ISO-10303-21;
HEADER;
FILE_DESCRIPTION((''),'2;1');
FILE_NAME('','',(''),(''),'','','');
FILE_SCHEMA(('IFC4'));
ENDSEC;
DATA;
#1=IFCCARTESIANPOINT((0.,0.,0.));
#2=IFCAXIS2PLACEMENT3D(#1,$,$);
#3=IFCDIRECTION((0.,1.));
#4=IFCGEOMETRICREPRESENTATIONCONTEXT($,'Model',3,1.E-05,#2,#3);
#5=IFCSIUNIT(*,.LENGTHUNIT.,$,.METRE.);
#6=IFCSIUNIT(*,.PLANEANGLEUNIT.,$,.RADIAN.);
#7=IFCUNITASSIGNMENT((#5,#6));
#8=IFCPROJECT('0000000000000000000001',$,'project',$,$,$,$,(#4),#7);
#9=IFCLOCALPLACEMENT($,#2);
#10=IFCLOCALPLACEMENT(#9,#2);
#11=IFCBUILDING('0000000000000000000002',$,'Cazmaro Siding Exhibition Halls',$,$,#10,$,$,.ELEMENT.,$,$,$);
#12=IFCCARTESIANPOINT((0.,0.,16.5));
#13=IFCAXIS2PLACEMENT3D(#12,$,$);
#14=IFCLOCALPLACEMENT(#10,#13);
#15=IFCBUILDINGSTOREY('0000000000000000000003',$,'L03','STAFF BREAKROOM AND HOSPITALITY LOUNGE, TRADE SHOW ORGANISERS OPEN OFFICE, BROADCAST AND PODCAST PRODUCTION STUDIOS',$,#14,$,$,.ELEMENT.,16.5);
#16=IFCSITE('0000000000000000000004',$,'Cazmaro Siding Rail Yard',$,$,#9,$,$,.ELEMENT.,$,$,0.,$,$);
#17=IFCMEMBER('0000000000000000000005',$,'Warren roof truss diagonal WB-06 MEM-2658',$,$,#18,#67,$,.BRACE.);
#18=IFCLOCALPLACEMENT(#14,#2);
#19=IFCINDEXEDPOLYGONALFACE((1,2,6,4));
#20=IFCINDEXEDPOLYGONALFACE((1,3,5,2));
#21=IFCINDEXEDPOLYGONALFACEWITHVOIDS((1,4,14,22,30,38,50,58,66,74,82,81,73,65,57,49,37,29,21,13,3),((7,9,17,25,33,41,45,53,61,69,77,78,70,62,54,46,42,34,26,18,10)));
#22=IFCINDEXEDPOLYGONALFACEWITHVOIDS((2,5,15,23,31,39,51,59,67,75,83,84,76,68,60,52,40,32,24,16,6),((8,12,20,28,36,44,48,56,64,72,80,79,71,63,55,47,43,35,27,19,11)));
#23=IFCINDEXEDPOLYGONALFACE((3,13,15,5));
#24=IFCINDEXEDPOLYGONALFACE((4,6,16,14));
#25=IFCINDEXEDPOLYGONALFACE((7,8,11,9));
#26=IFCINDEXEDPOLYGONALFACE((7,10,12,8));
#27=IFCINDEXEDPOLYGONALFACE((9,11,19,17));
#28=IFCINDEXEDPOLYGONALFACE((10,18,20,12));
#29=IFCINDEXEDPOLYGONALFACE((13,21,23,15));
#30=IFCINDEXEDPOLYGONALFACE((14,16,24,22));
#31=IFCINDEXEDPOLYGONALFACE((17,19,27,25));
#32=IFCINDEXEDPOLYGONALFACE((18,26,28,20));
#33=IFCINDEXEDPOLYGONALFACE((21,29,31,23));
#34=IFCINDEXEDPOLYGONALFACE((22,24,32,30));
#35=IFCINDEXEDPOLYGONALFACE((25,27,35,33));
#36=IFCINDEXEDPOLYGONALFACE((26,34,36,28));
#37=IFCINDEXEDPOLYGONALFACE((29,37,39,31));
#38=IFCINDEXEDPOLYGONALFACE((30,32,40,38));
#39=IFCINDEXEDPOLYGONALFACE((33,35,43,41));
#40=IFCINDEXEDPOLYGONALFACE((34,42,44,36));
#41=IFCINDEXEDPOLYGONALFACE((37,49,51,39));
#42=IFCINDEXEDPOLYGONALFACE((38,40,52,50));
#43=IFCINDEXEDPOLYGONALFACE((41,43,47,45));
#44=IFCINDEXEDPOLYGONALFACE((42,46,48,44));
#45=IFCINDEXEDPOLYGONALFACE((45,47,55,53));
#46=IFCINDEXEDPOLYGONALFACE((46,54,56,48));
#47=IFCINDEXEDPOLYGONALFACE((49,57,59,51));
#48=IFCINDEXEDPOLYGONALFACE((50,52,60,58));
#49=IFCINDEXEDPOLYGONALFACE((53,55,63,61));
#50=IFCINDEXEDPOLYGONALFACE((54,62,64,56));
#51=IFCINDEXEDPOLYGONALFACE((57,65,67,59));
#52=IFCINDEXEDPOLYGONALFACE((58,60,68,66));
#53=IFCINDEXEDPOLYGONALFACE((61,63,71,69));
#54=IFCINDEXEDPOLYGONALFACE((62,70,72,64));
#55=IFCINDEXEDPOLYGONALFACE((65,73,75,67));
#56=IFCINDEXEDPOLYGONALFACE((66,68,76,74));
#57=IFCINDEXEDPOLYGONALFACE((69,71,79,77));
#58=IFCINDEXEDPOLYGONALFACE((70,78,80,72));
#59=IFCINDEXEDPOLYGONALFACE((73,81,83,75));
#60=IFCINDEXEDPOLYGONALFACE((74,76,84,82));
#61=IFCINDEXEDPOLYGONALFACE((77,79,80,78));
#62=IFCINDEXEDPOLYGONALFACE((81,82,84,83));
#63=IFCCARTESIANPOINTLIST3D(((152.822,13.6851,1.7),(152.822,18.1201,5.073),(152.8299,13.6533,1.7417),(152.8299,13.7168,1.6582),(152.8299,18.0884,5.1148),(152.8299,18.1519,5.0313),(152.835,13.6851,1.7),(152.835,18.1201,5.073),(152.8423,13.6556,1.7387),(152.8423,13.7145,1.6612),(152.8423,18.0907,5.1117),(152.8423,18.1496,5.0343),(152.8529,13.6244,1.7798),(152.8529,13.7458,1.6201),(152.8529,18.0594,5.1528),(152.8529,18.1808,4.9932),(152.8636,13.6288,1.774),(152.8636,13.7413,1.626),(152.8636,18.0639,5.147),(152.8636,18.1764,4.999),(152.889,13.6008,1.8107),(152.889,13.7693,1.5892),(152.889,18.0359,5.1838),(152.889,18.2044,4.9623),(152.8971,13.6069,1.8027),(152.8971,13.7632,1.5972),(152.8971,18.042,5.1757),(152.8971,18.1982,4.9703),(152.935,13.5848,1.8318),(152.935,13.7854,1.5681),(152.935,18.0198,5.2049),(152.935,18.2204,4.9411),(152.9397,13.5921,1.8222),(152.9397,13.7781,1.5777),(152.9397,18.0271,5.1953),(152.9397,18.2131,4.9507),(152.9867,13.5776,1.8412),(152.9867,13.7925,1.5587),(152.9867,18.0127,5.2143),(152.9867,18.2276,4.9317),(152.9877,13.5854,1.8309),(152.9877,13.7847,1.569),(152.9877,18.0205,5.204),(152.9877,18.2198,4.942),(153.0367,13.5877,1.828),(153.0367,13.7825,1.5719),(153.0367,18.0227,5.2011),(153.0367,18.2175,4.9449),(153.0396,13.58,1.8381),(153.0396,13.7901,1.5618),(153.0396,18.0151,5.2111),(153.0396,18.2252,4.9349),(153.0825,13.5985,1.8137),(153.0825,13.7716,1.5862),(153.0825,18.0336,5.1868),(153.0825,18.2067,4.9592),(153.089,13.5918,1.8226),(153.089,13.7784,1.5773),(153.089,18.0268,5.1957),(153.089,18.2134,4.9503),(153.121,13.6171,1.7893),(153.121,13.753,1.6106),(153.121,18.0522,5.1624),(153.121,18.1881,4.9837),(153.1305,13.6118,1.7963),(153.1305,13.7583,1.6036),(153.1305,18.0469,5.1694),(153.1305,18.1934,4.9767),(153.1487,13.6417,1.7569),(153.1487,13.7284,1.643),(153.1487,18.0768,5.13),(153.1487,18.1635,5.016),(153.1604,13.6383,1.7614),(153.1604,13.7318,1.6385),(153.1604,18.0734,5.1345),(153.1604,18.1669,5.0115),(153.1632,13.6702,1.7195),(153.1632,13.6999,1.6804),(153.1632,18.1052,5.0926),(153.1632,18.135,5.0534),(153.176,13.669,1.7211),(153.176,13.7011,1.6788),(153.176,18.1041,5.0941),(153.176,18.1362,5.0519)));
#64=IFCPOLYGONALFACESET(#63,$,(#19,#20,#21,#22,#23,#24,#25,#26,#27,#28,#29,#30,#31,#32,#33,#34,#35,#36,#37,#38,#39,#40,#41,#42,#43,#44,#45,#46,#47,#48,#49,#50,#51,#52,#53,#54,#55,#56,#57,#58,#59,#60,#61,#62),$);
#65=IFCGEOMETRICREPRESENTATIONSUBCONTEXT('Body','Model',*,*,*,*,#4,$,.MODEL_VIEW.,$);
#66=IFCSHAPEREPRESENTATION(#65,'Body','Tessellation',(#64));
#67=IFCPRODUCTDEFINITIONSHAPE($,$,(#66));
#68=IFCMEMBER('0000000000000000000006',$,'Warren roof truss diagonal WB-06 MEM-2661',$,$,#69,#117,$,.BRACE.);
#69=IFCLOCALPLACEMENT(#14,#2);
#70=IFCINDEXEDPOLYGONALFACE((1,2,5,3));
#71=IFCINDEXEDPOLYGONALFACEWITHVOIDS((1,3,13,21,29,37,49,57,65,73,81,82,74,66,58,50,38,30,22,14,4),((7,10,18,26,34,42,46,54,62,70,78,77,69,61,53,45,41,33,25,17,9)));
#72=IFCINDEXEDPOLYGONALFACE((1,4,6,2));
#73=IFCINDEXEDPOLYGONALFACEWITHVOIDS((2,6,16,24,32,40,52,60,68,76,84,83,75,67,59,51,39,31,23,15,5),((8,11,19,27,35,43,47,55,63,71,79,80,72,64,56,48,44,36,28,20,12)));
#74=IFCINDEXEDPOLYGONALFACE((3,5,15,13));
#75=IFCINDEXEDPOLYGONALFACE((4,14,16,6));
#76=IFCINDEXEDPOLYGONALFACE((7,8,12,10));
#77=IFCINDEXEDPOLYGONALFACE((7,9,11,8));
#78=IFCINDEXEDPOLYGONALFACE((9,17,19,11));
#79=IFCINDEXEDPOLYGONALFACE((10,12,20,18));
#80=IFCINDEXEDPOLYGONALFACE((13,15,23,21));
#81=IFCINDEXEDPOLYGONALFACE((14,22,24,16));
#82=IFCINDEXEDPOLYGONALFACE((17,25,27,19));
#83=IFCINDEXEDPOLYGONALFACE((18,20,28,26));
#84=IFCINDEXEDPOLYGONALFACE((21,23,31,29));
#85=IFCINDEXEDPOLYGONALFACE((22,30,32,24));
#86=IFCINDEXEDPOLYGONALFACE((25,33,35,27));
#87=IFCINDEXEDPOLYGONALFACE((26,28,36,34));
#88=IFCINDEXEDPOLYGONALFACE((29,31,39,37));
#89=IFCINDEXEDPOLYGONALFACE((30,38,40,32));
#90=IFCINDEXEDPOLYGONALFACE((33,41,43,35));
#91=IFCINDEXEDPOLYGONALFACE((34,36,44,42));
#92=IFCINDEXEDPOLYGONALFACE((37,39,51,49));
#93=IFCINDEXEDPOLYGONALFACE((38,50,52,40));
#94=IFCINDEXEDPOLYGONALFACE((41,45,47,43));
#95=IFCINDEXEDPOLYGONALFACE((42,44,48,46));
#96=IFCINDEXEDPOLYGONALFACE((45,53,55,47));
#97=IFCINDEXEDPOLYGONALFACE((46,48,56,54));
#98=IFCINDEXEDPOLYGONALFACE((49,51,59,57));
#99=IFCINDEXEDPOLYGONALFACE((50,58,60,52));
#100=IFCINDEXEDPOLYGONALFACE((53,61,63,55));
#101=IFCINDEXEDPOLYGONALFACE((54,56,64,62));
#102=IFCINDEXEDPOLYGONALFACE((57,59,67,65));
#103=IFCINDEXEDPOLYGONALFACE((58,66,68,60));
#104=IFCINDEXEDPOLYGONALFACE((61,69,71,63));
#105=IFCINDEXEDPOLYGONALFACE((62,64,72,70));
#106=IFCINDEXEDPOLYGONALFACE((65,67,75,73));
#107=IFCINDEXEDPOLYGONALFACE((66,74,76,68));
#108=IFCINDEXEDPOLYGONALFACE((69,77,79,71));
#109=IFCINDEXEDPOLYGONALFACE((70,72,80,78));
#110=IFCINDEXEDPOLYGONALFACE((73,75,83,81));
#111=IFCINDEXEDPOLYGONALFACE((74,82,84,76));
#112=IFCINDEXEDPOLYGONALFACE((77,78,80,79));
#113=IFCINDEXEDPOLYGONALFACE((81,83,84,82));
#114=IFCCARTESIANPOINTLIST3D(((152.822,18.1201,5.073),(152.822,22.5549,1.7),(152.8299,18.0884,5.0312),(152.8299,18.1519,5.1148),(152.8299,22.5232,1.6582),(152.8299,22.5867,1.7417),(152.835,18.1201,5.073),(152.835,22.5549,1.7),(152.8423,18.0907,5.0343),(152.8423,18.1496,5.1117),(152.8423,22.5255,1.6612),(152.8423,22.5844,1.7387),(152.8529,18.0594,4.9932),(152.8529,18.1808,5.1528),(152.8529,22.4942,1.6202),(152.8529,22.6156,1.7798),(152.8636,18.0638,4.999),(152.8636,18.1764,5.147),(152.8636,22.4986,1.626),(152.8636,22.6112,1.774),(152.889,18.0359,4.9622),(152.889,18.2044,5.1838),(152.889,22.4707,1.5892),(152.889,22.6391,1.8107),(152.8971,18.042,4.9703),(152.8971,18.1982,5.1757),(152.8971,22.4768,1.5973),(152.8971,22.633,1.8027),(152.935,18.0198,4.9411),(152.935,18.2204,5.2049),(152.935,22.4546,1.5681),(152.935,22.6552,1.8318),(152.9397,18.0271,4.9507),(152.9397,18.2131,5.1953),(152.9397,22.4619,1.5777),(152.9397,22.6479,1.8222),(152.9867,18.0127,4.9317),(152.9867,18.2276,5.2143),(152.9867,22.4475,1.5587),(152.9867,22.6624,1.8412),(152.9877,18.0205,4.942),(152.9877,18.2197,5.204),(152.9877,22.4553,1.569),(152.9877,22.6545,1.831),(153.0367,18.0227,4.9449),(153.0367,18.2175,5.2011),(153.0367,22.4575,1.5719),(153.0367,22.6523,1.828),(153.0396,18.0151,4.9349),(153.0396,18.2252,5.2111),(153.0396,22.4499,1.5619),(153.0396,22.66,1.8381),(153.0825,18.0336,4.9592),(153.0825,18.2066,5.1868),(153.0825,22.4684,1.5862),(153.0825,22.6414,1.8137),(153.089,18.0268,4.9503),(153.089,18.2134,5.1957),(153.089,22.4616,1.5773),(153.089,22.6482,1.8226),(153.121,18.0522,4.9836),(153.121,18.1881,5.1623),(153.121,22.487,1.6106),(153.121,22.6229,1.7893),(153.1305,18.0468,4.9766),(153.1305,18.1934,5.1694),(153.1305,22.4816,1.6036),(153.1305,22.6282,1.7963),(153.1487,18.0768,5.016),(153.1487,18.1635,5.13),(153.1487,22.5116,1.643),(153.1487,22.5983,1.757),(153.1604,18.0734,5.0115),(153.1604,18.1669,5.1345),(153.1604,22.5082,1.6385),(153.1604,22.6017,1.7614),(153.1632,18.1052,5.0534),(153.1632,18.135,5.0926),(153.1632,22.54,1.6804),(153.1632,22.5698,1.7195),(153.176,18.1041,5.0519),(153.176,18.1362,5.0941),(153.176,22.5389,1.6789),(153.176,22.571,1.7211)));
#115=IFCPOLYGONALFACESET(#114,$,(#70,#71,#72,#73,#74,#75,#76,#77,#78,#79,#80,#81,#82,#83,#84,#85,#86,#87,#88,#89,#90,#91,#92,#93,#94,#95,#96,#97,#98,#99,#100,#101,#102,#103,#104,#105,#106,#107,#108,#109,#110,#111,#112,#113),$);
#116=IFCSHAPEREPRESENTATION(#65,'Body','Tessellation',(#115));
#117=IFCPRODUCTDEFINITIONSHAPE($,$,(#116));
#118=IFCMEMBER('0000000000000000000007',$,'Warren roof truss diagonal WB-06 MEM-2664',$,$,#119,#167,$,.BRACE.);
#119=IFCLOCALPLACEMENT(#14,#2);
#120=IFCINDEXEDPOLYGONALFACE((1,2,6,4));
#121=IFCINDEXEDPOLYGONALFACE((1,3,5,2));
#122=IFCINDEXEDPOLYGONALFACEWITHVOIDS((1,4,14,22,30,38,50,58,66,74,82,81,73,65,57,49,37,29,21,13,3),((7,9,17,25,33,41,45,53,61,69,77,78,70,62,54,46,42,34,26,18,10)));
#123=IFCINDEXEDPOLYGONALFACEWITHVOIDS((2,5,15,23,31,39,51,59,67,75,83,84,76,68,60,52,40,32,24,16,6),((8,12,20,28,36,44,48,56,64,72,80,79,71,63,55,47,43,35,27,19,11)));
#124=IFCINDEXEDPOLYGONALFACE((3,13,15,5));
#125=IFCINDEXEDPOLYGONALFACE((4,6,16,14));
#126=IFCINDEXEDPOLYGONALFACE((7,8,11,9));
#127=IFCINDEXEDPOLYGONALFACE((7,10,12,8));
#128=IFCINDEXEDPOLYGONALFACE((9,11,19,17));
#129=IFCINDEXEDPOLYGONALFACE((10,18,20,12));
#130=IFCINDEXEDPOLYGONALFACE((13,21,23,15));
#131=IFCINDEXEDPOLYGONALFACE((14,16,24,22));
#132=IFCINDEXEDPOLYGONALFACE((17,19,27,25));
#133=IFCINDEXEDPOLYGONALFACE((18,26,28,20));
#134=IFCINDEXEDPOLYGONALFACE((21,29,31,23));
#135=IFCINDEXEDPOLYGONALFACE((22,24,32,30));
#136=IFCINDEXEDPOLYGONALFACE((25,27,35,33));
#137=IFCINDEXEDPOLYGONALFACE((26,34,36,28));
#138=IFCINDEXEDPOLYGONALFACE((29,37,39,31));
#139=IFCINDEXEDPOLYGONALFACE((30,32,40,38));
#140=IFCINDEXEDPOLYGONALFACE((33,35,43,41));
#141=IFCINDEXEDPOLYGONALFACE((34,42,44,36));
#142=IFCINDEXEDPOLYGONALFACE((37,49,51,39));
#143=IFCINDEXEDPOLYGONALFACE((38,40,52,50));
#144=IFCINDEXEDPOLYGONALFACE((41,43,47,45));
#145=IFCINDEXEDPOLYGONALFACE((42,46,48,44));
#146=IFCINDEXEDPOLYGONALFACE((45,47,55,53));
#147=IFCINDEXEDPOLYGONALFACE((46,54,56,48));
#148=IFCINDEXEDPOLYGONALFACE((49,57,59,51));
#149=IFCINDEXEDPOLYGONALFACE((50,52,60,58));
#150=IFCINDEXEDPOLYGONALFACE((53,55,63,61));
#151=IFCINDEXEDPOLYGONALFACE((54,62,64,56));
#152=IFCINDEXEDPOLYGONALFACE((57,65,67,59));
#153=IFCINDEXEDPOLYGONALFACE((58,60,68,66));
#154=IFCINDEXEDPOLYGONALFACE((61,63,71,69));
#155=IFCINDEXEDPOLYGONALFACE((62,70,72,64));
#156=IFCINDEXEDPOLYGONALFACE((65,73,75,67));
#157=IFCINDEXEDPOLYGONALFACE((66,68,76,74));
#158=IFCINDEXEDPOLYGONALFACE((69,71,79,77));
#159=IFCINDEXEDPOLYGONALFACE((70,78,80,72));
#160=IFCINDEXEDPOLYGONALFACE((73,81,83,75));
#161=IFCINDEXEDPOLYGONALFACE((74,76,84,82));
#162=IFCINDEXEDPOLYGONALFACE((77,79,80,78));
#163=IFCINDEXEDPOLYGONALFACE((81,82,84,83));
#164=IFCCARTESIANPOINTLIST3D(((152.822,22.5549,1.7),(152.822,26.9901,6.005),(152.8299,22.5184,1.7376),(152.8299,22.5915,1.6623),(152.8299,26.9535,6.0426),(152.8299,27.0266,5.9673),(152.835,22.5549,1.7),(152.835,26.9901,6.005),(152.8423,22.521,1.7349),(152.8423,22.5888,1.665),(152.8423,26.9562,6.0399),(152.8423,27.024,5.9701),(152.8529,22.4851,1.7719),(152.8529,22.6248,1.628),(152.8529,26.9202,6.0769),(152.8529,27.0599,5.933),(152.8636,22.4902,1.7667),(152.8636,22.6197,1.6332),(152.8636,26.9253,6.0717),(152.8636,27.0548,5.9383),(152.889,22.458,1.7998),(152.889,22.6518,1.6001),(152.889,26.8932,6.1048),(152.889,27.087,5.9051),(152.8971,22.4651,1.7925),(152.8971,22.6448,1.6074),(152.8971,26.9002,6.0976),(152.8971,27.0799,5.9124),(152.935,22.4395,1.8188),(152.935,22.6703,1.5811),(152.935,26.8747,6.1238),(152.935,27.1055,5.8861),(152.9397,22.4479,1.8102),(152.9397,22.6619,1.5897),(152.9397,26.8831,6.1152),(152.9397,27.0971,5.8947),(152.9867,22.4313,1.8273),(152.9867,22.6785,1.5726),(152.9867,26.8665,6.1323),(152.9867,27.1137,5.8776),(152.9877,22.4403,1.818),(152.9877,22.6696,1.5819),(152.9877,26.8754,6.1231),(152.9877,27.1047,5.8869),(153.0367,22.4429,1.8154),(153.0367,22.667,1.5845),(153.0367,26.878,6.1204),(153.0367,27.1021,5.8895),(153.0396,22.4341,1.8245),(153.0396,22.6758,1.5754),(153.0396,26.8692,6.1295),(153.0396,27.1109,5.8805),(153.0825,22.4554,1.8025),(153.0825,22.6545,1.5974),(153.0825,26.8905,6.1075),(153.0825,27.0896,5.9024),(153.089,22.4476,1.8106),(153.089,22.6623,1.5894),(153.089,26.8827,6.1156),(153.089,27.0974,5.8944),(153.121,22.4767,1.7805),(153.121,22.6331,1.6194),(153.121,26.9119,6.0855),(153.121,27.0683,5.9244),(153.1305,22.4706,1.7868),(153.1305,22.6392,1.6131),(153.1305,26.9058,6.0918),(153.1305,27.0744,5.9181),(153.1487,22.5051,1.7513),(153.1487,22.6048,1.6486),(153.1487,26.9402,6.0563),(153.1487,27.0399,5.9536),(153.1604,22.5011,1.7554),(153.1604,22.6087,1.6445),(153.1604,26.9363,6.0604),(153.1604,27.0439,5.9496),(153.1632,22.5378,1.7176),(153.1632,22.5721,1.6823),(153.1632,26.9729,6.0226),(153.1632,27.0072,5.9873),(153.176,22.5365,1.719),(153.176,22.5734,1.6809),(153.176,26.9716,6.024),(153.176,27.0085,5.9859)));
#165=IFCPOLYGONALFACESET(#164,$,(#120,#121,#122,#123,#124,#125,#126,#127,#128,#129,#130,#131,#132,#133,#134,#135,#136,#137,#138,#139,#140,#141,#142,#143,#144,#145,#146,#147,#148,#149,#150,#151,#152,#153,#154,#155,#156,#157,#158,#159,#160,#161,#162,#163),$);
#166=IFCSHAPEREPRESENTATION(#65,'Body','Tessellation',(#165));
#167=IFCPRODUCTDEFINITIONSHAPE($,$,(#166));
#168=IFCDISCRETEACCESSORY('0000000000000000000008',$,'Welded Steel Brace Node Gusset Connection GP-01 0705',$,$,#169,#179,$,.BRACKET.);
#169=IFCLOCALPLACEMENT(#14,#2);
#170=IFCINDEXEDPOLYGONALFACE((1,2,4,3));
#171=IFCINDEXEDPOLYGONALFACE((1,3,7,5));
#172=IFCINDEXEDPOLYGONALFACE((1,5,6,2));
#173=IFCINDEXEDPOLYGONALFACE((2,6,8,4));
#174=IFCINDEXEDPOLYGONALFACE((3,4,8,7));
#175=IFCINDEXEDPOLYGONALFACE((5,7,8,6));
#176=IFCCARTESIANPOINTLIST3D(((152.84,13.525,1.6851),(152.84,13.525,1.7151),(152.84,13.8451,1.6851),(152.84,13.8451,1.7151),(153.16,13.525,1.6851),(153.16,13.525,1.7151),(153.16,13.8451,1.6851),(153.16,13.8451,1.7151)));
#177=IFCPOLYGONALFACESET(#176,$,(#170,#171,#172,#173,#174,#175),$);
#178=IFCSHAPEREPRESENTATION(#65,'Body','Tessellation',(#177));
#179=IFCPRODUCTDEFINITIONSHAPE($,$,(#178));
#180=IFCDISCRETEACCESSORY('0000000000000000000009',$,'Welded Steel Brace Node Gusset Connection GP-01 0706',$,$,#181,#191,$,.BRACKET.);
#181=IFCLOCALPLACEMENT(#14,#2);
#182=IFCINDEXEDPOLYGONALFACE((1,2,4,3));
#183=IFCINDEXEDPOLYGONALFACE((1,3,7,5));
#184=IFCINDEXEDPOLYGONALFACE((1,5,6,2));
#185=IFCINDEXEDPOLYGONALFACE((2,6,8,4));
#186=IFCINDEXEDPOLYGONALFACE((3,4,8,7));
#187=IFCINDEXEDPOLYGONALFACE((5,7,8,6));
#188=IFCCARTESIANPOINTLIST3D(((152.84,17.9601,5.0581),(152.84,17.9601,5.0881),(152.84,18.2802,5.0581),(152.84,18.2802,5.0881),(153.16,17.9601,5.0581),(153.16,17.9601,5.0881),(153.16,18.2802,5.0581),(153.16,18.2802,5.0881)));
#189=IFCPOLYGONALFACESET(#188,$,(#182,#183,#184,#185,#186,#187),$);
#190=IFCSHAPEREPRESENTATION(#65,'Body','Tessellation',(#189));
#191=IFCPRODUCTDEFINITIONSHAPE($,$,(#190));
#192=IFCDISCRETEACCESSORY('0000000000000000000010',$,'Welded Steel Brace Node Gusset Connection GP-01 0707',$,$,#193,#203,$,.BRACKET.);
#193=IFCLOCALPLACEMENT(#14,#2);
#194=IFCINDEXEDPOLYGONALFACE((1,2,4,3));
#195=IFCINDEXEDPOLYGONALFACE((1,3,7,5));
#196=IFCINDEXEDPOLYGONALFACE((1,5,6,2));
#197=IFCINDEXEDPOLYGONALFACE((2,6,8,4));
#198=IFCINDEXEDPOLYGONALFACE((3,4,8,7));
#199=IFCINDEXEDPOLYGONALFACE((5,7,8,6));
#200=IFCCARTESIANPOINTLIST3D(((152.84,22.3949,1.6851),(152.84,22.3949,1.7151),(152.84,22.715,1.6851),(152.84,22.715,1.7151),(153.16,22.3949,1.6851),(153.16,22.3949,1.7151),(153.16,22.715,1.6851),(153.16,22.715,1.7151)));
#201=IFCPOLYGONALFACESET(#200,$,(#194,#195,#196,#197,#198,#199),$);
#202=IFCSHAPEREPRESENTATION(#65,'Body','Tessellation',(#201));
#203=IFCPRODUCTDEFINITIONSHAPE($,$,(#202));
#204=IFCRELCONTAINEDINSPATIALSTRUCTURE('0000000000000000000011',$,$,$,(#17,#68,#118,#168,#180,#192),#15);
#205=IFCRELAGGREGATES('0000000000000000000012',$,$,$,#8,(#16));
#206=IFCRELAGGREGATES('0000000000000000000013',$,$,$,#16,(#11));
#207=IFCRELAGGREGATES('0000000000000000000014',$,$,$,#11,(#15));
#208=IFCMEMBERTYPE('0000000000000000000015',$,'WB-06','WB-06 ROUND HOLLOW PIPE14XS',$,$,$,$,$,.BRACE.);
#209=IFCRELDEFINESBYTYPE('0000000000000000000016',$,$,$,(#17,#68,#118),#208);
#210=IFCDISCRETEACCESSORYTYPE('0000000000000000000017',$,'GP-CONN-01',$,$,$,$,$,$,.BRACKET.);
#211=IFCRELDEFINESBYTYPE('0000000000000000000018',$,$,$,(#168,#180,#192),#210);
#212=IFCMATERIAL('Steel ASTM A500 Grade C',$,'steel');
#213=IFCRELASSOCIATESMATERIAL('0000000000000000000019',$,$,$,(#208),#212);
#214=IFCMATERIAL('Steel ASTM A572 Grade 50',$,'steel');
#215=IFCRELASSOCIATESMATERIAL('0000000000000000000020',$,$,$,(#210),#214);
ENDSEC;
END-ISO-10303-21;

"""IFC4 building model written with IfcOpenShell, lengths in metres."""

from ifc_helpers import new_model, si_unit, direction, frame, origin, origin_2d, place, context, subcontext, project, spatial, rectangle, hollow_circle, extrude, material, material_profile, profile_set, type_object, element, save


model = new_model("IFC4")

# Units and contexts
model_context = context("Model", 3, precision=1e-05, world=origin(), true_north=direction((0.0, 1.0)))
body_context = subcontext(model_context, "Body", "Model", "MODEL_VIEW")
ifc_project = project(units=[si_unit("LENGTHUNIT", "METRE"), si_unit("PLANEANGLEUNIT", "RADIAN")], contexts=[model_context])

# Site, building, storey
site_placement = place(None, origin())
site = spatial("IfcSite", under=ifc_project, at=site_placement, Name="Cazmaro Siding Rail Yard", CompositionType="ELEMENT", RefElevation=0.0)
building_placement = place(site_placement, origin())
building = spatial("IfcBuilding", under=site, at=building_placement, Name="Cazmaro Siding Exhibition Halls", CompositionType="ELEMENT")
storey_placement = place(building_placement, frame((0.0, 0.0, 16.5)))
storey = spatial("IfcBuildingStorey", under=building, at=storey_placement, Name="L03", Description="STAFF BREAKROOM AND HOSPITALITY LOUNGE, TRADE SHOW ORGANISERS OPEN OFFICE, BROADCAST AND PODCAST PRODUCTION STUDIOS", CompositionType="ELEMENT", Elevation=16.5)

# Members
ifc_material_1 = material(Name="Steel ASTM A500 Grade C", Category="steel")
ifc_material_profile_1 = material_profile(ifc_material_1, hollow_circle(Radius=0.178, WallThickness=0.0129, at=origin_2d()), Name="PIPE14XS")
ifc_profile_set_1 = profile_set([ifc_material_profile_1], Name="Steel ASTM A500 Grade C")
member_type_1 = type_object("IfcMemberType", Name="WB-06", Description="WB-06 ROUND HOLLOW PIPE14XS", PredefinedType="BRACE", material=ifc_profile_set_1)
member_1_placement = place(storey_placement, frame((153.0, 13.6851, 1.7), z_axis=(0.0, 0.795954, 0.605357), x_axis=(-1.0, 0.0, 0.0)))
element("IfcMember", 1, at=member_1_placement, inside=storey, type_object=member_type_1, Name="Warren roof truss diagonal WB-06 MEM-2658", PredefinedType="BRACE", context=body_context, shape_type="SweptSolid", body=[
    extrude(hollow_circle(Radius=0.178, WallThickness=0.0129, at=origin_2d()), origin(), (0.0, 0.0, 1.0), 5.572),
])
member_2_placement = place(storey_placement, frame((153.0, 18.1201, 5.073), z_axis=(0.0, 0.795938, -0.605378), x_axis=(-1.0, 0.0, 0.0)))
element("IfcMember", 2, at=member_2_placement, inside=storey, type_object=member_type_1, Name="Warren roof truss diagonal WB-06 MEM-2661", PredefinedType="BRACE", context=body_context, shape_type="SweptSolid", body=[
    extrude(hollow_circle(Radius=0.178, WallThickness=0.0129, at=origin_2d()), origin(), (0.0, 0.0, 1.0), 5.5718),
])
member_3_placement = place(storey_placement, frame((153.0, 22.5549, 1.7), z_axis=(0.0, 0.717555, 0.696502), x_axis=(-1.0, 0.0, 0.0)))
element("IfcMember", 3, at=member_3_placement, inside=storey, type_object=member_type_1, Name="Warren roof truss diagonal WB-06 MEM-2664", PredefinedType="BRACE", context=body_context, shape_type="SweptSolid", body=[
    extrude(hollow_circle(Radius=0.178, WallThickness=0.0129, at=origin_2d()), origin(), (0.0, 0.0, 1.0), 6.1809),
])

# Discrete accessories
ifc_material_2 = material(Name="Steel ASTM A572 Grade 50", Category="steel")
discrete_accessory_type = type_object("IfcDiscreteAccessoryType", Name="GP-CONN-01", PredefinedType="BRACKET", material=ifc_material_2)
for number, where, z_axis, x_axis, name in (
    (4, (153.0, 13.6851, 1.6851), (0.0, 0.0, 1.0), (1.0, 0.0, 0.0), "Welded Steel Brace Node Gusset Connection GP-01 0705"),
    (5, (153.0, 18.1201, 5.0581), (0.0, 0.0, 1.0), (1.0, 0.0, 0.0), "Welded Steel Brace Node Gusset Connection GP-01 0706"),
    (6, (153.0, 22.5549, 1.6851), (0.0, 0.0, 1.0), (1.0, 0.0, 0.0), "Welded Steel Brace Node Gusset Connection GP-01 0707"),
):
    element("IfcDiscreteAccessory", number, at=place(storey_placement, frame(where, z_axis=z_axis, x_axis=x_axis)), inside=storey, type_object=discrete_accessory_type, Name=name, PredefinedType="BRACKET", context=body_context, shape_type="SweptSolid", body=[
        extrude(rectangle(XDim=0.3201, YDim=0.3201, at=origin_2d()), origin(), (0.0, 0.0, 1.0), 0.03),
    ])

save(model, "model.ifc")
